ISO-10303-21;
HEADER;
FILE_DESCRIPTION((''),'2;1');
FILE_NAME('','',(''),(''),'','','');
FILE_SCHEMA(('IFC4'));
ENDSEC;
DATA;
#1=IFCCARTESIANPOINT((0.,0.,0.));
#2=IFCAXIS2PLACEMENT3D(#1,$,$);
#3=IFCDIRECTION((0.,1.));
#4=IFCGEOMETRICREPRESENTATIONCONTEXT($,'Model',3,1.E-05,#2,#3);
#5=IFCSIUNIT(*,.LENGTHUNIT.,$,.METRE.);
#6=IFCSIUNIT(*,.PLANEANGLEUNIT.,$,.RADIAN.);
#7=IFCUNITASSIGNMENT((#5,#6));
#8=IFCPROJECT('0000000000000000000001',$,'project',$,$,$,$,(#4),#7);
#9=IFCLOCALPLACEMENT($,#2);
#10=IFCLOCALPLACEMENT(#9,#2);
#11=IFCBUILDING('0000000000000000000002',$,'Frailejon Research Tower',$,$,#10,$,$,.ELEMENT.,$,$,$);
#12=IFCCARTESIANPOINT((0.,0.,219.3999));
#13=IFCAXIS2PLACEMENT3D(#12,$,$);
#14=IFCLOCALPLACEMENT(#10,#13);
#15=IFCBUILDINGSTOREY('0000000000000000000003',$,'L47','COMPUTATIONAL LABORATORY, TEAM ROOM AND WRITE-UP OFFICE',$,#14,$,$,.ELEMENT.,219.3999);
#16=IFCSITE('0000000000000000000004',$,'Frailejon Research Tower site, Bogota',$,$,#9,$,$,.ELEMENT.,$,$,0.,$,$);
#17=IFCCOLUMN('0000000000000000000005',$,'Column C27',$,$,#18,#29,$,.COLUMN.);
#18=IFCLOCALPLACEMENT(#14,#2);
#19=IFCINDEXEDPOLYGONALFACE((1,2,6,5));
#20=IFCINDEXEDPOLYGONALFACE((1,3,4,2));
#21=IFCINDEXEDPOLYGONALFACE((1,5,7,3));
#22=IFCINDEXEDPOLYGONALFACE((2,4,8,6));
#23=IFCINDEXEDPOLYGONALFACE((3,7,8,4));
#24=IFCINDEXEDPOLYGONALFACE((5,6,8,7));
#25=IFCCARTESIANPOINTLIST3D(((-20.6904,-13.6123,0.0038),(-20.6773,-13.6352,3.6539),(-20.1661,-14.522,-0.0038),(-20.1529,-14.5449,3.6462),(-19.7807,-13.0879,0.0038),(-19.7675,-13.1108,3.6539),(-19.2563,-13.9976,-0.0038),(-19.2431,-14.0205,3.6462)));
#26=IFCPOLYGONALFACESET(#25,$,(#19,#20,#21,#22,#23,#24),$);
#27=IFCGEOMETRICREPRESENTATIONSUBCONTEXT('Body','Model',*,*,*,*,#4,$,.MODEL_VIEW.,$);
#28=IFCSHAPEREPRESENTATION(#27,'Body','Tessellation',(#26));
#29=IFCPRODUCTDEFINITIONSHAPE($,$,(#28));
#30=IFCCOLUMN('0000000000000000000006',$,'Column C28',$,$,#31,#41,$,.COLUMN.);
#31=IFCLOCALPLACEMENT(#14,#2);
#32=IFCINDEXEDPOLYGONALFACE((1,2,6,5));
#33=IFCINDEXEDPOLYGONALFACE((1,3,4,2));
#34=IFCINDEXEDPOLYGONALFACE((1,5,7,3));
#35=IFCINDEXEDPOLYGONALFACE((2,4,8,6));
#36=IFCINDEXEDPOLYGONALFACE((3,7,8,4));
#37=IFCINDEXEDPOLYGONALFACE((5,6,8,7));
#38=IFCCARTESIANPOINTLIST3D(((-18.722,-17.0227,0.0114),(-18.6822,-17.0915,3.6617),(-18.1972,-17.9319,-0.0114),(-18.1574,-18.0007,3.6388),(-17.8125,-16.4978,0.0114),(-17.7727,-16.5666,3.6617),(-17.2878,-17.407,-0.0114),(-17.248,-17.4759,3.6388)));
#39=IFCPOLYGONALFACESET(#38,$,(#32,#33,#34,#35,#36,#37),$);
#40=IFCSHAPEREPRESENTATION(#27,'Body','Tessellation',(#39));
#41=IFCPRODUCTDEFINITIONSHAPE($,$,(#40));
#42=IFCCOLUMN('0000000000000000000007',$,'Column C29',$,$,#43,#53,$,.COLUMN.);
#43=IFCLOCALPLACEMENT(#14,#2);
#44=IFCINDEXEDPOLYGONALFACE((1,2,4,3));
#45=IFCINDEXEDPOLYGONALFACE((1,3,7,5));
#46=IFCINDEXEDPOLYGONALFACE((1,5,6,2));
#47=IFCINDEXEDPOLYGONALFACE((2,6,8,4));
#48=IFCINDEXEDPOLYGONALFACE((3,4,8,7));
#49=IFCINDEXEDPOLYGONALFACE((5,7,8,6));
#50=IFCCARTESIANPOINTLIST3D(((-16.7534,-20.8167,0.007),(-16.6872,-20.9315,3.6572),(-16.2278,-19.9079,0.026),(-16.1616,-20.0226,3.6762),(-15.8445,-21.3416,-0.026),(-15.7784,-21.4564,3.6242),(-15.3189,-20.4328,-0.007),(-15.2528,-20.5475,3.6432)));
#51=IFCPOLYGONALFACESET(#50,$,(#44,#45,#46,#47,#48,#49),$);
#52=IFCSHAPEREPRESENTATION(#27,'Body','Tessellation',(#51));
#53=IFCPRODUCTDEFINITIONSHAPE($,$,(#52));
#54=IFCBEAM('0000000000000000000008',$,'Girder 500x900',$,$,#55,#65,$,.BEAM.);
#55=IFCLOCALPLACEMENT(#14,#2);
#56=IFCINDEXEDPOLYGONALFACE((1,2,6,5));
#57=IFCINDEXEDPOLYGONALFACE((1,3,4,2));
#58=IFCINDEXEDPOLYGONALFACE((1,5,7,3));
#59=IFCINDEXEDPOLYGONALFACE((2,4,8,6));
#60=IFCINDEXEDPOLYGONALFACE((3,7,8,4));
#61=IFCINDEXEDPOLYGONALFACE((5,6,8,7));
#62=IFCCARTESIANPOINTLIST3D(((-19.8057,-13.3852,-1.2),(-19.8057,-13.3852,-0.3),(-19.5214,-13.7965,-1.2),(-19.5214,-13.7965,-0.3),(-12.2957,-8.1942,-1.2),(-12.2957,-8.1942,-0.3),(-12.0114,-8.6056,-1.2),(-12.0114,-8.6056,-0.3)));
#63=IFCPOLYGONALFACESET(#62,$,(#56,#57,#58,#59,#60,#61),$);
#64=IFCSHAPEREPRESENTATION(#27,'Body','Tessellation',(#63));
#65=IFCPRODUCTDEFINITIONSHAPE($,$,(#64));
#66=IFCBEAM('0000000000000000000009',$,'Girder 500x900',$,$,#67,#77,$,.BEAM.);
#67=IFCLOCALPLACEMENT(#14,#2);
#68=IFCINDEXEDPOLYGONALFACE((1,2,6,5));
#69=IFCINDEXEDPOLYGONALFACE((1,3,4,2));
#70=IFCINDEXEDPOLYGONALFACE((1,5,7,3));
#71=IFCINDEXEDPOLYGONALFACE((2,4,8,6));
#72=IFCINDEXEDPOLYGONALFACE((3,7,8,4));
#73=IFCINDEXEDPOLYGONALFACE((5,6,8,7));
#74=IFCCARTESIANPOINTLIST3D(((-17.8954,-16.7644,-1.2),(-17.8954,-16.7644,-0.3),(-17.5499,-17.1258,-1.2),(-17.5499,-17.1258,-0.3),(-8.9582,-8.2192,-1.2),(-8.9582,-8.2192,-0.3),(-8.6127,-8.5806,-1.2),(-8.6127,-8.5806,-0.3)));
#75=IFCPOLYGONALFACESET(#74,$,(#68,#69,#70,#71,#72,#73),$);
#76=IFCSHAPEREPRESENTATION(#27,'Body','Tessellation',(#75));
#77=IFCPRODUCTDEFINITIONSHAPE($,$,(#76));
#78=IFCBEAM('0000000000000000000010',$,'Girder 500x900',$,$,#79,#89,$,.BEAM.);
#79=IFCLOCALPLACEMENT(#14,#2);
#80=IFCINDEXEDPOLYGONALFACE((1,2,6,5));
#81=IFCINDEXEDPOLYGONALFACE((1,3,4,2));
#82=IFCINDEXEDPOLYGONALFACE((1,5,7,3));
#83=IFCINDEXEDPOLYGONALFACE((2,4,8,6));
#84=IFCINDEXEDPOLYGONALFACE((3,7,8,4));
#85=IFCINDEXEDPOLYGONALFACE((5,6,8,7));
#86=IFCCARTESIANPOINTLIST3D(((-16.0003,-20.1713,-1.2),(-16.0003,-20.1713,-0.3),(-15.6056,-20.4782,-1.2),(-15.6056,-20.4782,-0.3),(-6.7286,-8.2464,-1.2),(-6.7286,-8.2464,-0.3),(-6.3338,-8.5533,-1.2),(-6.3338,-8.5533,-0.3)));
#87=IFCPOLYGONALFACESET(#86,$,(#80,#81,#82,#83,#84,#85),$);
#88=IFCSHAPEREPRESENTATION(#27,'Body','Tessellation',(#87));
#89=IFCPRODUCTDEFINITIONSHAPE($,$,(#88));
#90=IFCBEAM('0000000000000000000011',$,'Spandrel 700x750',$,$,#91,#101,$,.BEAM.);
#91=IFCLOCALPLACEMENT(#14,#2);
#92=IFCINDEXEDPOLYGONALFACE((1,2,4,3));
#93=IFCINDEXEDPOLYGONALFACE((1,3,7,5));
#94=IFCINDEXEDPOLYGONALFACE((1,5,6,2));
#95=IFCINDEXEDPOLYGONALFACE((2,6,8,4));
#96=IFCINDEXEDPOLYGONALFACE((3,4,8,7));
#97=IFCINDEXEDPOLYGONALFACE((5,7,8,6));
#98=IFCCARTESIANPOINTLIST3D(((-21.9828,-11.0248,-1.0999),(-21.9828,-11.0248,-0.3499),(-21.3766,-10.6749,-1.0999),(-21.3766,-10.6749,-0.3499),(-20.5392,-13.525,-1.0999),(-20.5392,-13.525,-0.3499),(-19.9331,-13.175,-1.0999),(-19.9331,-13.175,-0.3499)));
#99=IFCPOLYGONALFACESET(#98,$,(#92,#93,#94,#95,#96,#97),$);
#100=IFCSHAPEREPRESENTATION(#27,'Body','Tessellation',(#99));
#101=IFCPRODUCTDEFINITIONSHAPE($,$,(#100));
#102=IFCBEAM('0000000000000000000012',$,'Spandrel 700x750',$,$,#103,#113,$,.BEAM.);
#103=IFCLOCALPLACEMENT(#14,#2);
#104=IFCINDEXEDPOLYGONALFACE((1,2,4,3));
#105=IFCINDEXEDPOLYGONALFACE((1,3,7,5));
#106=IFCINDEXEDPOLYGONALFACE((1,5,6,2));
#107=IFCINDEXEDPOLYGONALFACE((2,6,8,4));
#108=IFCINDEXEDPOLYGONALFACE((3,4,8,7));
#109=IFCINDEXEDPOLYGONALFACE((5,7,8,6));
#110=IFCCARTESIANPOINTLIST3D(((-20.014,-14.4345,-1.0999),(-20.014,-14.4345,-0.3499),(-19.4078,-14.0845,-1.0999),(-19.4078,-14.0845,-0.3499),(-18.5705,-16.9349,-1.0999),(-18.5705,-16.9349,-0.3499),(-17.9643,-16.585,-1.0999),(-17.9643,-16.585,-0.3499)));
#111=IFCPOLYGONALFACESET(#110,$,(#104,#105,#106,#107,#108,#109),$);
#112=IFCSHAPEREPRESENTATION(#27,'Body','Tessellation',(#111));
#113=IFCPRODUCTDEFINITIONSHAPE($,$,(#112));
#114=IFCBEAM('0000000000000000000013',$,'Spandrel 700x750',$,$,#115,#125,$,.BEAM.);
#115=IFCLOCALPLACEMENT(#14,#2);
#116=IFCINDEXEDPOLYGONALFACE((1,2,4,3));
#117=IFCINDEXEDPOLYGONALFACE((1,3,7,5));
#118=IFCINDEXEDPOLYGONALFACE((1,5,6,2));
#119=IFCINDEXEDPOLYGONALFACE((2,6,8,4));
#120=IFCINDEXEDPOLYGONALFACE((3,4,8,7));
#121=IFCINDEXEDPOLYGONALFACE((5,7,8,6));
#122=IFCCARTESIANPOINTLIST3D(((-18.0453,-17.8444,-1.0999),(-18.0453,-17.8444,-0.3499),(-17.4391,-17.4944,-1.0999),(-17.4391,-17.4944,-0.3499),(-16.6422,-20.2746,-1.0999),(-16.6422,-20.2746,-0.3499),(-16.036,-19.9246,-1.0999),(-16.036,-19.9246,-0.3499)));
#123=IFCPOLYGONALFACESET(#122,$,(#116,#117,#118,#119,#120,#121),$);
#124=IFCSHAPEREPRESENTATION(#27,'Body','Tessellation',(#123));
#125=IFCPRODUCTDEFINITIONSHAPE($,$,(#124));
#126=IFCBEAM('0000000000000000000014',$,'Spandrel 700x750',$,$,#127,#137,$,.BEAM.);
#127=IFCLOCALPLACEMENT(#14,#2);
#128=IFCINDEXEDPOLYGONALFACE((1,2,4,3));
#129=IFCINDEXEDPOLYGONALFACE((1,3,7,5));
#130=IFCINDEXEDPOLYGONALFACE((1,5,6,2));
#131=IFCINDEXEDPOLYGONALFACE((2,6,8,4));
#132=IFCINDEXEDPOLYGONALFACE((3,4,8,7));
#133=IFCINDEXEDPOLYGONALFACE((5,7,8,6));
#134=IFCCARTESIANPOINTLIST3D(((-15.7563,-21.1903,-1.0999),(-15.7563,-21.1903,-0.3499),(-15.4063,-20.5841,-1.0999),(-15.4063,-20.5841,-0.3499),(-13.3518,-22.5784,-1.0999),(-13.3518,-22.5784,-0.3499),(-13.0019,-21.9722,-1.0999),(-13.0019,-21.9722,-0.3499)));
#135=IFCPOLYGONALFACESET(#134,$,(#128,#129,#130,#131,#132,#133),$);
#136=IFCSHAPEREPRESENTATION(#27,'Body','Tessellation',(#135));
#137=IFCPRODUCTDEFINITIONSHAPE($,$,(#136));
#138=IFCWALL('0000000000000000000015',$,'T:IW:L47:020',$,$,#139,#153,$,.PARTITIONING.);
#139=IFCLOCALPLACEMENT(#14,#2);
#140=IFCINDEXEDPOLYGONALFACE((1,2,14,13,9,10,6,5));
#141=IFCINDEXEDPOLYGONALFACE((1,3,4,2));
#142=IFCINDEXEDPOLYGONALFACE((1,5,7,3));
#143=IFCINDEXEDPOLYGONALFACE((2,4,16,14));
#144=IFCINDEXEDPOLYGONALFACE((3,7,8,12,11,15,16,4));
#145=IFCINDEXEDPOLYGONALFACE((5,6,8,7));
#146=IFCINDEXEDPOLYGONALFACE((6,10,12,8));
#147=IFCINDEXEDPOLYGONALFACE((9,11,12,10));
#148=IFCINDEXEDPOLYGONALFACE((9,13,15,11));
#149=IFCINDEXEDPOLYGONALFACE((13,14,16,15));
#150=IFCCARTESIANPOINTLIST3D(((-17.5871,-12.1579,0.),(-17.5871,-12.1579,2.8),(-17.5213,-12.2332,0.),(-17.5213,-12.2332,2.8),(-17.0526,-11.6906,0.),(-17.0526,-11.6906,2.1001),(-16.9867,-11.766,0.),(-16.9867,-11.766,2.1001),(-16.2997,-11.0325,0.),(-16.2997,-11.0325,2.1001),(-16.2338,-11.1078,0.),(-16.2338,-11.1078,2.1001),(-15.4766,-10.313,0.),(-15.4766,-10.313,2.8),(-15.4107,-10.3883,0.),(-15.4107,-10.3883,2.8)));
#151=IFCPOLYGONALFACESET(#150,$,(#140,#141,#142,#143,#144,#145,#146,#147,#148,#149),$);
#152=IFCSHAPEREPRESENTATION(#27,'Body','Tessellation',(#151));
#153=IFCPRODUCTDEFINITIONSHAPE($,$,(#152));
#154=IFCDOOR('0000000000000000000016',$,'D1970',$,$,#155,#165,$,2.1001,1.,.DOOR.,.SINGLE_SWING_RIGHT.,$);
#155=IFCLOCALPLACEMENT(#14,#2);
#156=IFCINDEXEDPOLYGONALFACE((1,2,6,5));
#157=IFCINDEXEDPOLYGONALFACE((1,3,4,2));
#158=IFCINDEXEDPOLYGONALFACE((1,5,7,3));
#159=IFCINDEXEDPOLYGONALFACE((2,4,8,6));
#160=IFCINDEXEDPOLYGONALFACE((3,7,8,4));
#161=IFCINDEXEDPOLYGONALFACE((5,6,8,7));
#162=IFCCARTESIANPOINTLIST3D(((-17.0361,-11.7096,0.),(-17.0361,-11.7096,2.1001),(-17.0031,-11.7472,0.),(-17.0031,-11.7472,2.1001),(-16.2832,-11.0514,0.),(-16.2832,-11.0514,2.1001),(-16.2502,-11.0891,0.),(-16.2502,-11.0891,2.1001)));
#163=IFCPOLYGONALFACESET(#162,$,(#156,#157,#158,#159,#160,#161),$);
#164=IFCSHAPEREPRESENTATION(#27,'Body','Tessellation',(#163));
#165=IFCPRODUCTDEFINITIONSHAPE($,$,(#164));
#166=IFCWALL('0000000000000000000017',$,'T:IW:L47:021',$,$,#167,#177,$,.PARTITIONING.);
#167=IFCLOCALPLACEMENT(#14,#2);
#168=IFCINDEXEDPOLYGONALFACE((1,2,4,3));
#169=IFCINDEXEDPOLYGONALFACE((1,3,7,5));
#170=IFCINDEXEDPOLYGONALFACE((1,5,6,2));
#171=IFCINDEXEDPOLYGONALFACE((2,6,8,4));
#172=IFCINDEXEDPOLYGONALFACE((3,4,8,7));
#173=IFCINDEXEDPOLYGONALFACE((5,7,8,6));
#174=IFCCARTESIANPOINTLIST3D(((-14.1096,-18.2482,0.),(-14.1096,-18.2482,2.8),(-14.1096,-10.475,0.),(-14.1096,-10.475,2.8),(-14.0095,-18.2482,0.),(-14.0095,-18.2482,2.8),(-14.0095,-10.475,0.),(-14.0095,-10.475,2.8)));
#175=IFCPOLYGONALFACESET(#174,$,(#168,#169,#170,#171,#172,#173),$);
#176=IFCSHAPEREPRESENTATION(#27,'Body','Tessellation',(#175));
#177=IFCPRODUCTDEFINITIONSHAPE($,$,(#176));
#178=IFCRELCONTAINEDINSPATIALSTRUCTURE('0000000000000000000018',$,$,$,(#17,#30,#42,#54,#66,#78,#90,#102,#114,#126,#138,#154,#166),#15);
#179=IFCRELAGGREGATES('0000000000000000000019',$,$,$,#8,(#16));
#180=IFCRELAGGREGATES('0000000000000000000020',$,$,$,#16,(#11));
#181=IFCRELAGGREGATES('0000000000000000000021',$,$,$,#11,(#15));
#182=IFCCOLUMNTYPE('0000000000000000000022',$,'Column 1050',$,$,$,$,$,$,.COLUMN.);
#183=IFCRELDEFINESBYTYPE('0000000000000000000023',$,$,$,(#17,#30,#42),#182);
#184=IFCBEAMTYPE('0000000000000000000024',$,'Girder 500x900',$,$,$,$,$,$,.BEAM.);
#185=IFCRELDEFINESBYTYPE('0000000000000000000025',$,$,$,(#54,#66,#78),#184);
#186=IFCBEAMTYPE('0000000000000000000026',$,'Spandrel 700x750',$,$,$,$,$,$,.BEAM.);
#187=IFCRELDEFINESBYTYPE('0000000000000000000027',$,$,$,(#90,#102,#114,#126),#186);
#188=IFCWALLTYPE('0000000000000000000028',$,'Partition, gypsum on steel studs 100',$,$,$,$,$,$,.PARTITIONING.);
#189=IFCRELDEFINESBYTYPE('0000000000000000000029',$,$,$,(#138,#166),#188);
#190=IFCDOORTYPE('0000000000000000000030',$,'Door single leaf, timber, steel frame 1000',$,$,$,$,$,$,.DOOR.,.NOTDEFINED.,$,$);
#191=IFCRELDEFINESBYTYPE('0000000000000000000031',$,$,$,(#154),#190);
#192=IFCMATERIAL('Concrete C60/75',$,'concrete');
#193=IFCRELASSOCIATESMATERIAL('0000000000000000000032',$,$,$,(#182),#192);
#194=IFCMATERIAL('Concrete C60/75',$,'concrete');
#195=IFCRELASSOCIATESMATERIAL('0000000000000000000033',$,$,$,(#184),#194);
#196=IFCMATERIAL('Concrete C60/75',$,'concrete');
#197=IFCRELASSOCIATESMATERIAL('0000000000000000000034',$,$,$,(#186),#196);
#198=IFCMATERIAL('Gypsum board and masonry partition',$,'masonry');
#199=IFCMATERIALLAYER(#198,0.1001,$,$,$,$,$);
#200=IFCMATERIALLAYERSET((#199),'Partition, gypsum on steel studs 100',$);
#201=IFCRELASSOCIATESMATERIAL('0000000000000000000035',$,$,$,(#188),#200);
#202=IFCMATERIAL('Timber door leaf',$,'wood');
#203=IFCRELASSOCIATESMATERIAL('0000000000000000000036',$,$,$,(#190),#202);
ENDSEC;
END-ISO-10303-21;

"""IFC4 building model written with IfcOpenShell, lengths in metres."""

from ifc_helpers import new_model, si_unit, direction, frame, frame_2d, origin, origin_2d, place, context, subcontext, project, spatial, rectangle, extrude, material, layer, layer_set, material_profile, profile_set, type_object, element, fill, save


model = new_model("IFC4")

# Units and contexts
model_context = context("Model", 3, precision=1e-05, world=origin(), true_north=direction((0.0, 1.0)))
body_context = subcontext(model_context, "Body", "Model", "MODEL_VIEW")
ifc_project = project(units=[si_unit("LENGTHUNIT", "METRE"), si_unit("PLANEANGLEUNIT", "RADIAN")], contexts=[model_context])

# Site, building, storey
site_placement = place(None, origin())
site = spatial("IfcSite", under=ifc_project, at=site_placement, Name="Frailejon Research Tower site, Bogota", CompositionType="ELEMENT", RefElevation=0.0)
building_placement = place(site_placement, origin())
building = spatial("IfcBuilding", under=site, at=building_placement, Name="Frailejon Research Tower", CompositionType="ELEMENT")
storey_placement = place(building_placement, frame((0.0, 0.0, 219.3999)))
storey = spatial("IfcBuildingStorey", under=building, at=storey_placement, Name="L47", Description="COMPUTATIONAL LABORATORY, TEAM ROOM AND WRITE-UP OFFICE", CompositionType="ELEMENT", Elevation=219.3999)

# Columns
ifc_material_1 = material(Name="Concrete C60/75", Category="concrete")
ifc_material_profile_1 = material_profile(ifc_material_1, rectangle(XDim=1.05, YDim=1.05, at=origin_2d()), Name="Column 1050")
ifc_profile_set_1 = profile_set([ifc_material_profile_1], Name="Concrete C60/75")
column_type = type_object("IfcColumnType", Name="Column 1050", PredefinedType="COLUMN", material=ifc_profile_set_1)
column_1_placement = place(storey_placement, frame((-19.9734, -13.8049, 0.0), z_axis=(0.003612, -0.006287, 0.999974), x_axis=(0.499382, -0.866352, -0.007251)))
element("IfcColumn", 1, at=column_1_placement, inside=storey, type_object=column_type, Name="Column C27", PredefinedType="COLUMN", context=body_context, shape_type="SweptSolid", body=[
    extrude(rectangle(XDim=1.05, YDim=1.05, at=origin_2d()), origin(), (0.0, 0.0, 1.0), 3.6501),
])
column_2_placement = place(storey_placement, frame((-18.0049, -17.2148, 0.0), z_axis=(0.0109, -0.018857, 0.999763), x_axis=(0.499729, -0.865908, -0.021781)))
element("IfcColumn", 2, at=column_2_placement, inside=storey, type_object=column_type, Name="Column C28", PredefinedType="COLUMN", context=body_context, shape_type="SweptSolid", body=[
    extrude(rectangle(XDim=1.05, YDim=1.05, at=origin_2d()), origin(), (0.0, 0.0, 1.0), 3.6511),
])
column_3_placement = place(storey_placement, frame((-16.0361, -20.6248, 0.0), z_axis=(0.018114, -0.031415, 0.999342), x_axis=(0.86552, -0.499889, -0.031403)))
element("IfcColumn", 3, at=column_3_placement, inside=storey, type_object=column_type, Name="Column C29", PredefinedType="COLUMN", context=body_context, shape_type="SweptSolid", body=[
    extrude(rectangle(XDim=1.05, YDim=1.05, at=origin_2d()), origin(), (0.0, 0.0, 1.0), 3.6526),
])

# Beams
ifc_material_2 = material(Name="Concrete C60/75", Category="concrete")
ifc_material_profile_2 = material_profile(ifc_material_2, rectangle(XDim=0.5, YDim=0.8999, at=origin_2d()), Name="Girder 500x900")
ifc_profile_set_2 = profile_set([ifc_material_profile_2], Name="Concrete C60/75")
beam_type_1 = type_object("IfcBeamType", Name="Girder 500x900", PredefinedType="BEAM", material=ifc_profile_set_2)
beam_1_placement = place(storey_placement, frame((-19.6636, -13.5908, -0.75), z_axis=(0.822618, 0.568594, 0.0), x_axis=(-0.568594, 0.822618, 0.0)))
element("IfcBeam", 4, at=beam_1_placement, inside=storey, type_object=beam_type_1, Name="Girder 500x900", PredefinedType="BEAM", context=body_context, shape_type="SweptSolid", body=[
    extrude(rectangle(XDim=0.5, YDim=0.8999, at=origin_2d()), origin(), (0.0, 0.0, 1.0), 9.1294),
])
beam_2_placement = place(storey_placement, frame((-17.7227, -16.9451, -0.75), z_axis=(0.722784, 0.691074, 0.0), x_axis=(-0.691074, 0.722784, 0.0)))
element("IfcBeam", 5, at=beam_2_placement, inside=storey, type_object=beam_type_1, Name="Girder 500x900", PredefinedType="BEAM", context=body_context, shape_type="SweptSolid", body=[
    extrude(rectangle(XDim=0.5, YDim=0.8999, at=origin_2d()), origin(), (0.0, 0.0, 1.0), 12.365),
])
beam_3_placement = place(storey_placement, frame((-15.803, -20.3247, -0.75), z_axis=(0.613812, 0.789452, 0.0), x_axis=(-0.789452, 0.613812, 0.0)))
element("IfcBeam", 6, at=beam_3_placement, inside=storey, type_object=beam_type_1, Name="Girder 500x900", PredefinedType="BEAM", context=body_context, shape_type="SweptSolid", body=[
    extrude(rectangle(XDim=0.5, YDim=0.8999, at=origin_2d()), origin(), (0.0, 0.0, 1.0), 15.1052),
])
ifc_material_3 = material(Name="Concrete C60/75", Category="concrete")
ifc_material_profile_3 = material_profile(ifc_material_3, rectangle(XDim=0.7, YDim=0.75, at=origin_2d()), Name="Spandrel 700x750")
ifc_profile_set_3 = profile_set([ifc_material_profile_3], Name="Concrete C60/75")
beam_type_2 = type_object("IfcBeamType", Name="Spandrel 700x750", PredefinedType="BEAM", material=ifc_profile_set_3)
beam_4_placement = place(storey_placement, frame((-21.6797, -10.8499, -0.7249), z_axis=(0.500023, -0.866012, 0.0), x_axis=(0.866012, 0.500023, 0.0)))
element("IfcBeam", 7, at=beam_4_placement, inside=storey, type_object=beam_type_2, Name="Spandrel 700x750", PredefinedType="BEAM", context=body_context, shape_type="SweptSolid", body=[
    extrude(rectangle(XDim=0.7, YDim=0.75, at=origin_2d()), origin(), (0.0, 0.0, 1.0), 2.887),
])
beam_5_placement = place(storey_placement, frame((-19.7109, -14.2595, -0.7249), z_axis=(0.499986, -0.866034, 0.0), x_axis=(0.866034, 0.499986, 0.0)))
element("IfcBeam", 8, at=beam_5_placement, inside=storey, type_object=beam_type_2, Name="Spandrel 700x750", PredefinedType="BEAM", context=body_context, shape_type="SweptSolid", body=[
    extrude(rectangle(XDim=0.7, YDim=0.75, at=origin_2d()), origin(), (0.0, 0.0, 1.0), 2.8872),
])
beam_6_placement = place(storey_placement, frame((-17.7422, -17.6694, -0.7249), z_axis=(0.500004, -0.866023, 0.0), x_axis=(0.866023, 0.500004, 0.0)))
element("IfcBeam", 9, at=beam_6_placement, inside=storey, type_object=beam_type_2, Name="Spandrel 700x750", PredefinedType="BEAM", context=body_context, shape_type="SweptSolid", body=[
    extrude(rectangle(XDim=0.7, YDim=0.75, at=origin_2d()), origin(), (0.0, 0.0, 1.0), 2.8062),
])
beam_7_placement = place(storey_placement, frame((-15.5813, -20.8872, -0.7249), z_axis=(0.866038, -0.499979, 0.0), x_axis=(0.499979, 0.866038, 0.0)))
element("IfcBeam", 10, at=beam_7_placement, inside=storey, type_object=beam_type_2, Name="Spandrel 700x750", PredefinedType="BEAM", context=body_context, shape_type="SweptSolid", body=[
    extrude(rectangle(XDim=0.7, YDim=0.75, at=origin_2d()), origin(), (0.0, 0.0, 1.0), 2.7764),
])

# Wall, opening, door
ifc_material_4 = material(Name="Gypsum board and masonry partition", Category="masonry")
ifc_layer_1 = layer(ifc_material_4, 0.1001)
ifc_layer_set_1 = layer_set([ifc_layer_1], Name="Partition, gypsum on steel studs 100")
wall_type = type_object("IfcWallType", Name="Partition, gypsum on steel studs 100", PredefinedType="PARTITIONING", material=ifc_layer_set_1)
wall_1_placement = place(storey_placement, frame((-17.5542, -12.1956, 0.0), z_axis=(0.0, 0.0, 1.0), x_axis=(0.752895, 0.658141, 0.0)))
wall_1 = element("IfcWall", 11, at=wall_1_placement, inside=storey, type_object=wall_type, Name="T:IW:L47:020", PredefinedType="PARTITIONING", context=body_context, shape_type="SweptSolid", body=[
    extrude(rectangle(XDim=2.8032, YDim=0.1001, at=frame_2d((1.4016, 0.0))), origin(), (0.0, 0.0, 1.0), 2.8),
])
opening_placement = place(wall_1_placement, frame((0.71, 0.0, 0.0)))
opening = element("IfcOpeningElement", 12, at=opening_placement, cuts=wall_1, PredefinedType="OPENING", context=body_context, shape_type="SweptSolid", body=[
    extrude(rectangle(XDim=1.0, YDim=2.1001, at=frame_2d((0.5, 1.05))), frame((0.0, 0.0601, 0.0), z_axis=(0.0, -1.0, 0.0), x_axis=(1.0, 0.0, 0.0)), (0.0, 0.0, 1.0), 0.1201),
])
ifc_material_5 = material(Name="Timber door leaf", Category="wood")
door_type = type_object("IfcDoorType", Name="Door single leaf, timber, steel frame 1000", OperationType="NOTDEFINED", PredefinedType="DOOR", material=ifc_material_5)
door_placement = place(opening_placement, origin())
door = element("IfcDoor", 13, at=door_placement, inside=storey, type_object=door_type, Name="D1970", OperationType="SINGLE_SWING_RIGHT", OverallHeight=2.1001, OverallWidth=1.0, PredefinedType="DOOR", context=body_context, shape_type="SweptSolid", body=[
    extrude(rectangle(XDim=1.0, YDim=2.1001, at=frame_2d((0.5, 1.05))), frame((0.0, 0.0249, 0.0), z_axis=(0.0, -1.0, 0.0), x_axis=(1.0, 0.0, 0.0)), (0.0, 0.0, 1.0), 0.05),
])
fill(opening, door)

# Wall
wall_2_placement = place(storey_placement, frame((-14.0596, -18.2483, 0.0), z_axis=(0.0, 0.0, 1.0), x_axis=(0.0, 1.0, 0.0)))
element("IfcWall", 14, at=wall_2_placement, inside=storey, type_object=wall_type, Name="T:IW:L47:021", PredefinedType="PARTITIONING", context=body_context, shape_type="SweptSolid", body=[
    extrude(rectangle(XDim=7.7732, YDim=0.1001, at=frame_2d((3.8867, 0.0))), origin(), (0.0, 0.0, 1.0), 2.8),
])

save(model, "model.ifc")
